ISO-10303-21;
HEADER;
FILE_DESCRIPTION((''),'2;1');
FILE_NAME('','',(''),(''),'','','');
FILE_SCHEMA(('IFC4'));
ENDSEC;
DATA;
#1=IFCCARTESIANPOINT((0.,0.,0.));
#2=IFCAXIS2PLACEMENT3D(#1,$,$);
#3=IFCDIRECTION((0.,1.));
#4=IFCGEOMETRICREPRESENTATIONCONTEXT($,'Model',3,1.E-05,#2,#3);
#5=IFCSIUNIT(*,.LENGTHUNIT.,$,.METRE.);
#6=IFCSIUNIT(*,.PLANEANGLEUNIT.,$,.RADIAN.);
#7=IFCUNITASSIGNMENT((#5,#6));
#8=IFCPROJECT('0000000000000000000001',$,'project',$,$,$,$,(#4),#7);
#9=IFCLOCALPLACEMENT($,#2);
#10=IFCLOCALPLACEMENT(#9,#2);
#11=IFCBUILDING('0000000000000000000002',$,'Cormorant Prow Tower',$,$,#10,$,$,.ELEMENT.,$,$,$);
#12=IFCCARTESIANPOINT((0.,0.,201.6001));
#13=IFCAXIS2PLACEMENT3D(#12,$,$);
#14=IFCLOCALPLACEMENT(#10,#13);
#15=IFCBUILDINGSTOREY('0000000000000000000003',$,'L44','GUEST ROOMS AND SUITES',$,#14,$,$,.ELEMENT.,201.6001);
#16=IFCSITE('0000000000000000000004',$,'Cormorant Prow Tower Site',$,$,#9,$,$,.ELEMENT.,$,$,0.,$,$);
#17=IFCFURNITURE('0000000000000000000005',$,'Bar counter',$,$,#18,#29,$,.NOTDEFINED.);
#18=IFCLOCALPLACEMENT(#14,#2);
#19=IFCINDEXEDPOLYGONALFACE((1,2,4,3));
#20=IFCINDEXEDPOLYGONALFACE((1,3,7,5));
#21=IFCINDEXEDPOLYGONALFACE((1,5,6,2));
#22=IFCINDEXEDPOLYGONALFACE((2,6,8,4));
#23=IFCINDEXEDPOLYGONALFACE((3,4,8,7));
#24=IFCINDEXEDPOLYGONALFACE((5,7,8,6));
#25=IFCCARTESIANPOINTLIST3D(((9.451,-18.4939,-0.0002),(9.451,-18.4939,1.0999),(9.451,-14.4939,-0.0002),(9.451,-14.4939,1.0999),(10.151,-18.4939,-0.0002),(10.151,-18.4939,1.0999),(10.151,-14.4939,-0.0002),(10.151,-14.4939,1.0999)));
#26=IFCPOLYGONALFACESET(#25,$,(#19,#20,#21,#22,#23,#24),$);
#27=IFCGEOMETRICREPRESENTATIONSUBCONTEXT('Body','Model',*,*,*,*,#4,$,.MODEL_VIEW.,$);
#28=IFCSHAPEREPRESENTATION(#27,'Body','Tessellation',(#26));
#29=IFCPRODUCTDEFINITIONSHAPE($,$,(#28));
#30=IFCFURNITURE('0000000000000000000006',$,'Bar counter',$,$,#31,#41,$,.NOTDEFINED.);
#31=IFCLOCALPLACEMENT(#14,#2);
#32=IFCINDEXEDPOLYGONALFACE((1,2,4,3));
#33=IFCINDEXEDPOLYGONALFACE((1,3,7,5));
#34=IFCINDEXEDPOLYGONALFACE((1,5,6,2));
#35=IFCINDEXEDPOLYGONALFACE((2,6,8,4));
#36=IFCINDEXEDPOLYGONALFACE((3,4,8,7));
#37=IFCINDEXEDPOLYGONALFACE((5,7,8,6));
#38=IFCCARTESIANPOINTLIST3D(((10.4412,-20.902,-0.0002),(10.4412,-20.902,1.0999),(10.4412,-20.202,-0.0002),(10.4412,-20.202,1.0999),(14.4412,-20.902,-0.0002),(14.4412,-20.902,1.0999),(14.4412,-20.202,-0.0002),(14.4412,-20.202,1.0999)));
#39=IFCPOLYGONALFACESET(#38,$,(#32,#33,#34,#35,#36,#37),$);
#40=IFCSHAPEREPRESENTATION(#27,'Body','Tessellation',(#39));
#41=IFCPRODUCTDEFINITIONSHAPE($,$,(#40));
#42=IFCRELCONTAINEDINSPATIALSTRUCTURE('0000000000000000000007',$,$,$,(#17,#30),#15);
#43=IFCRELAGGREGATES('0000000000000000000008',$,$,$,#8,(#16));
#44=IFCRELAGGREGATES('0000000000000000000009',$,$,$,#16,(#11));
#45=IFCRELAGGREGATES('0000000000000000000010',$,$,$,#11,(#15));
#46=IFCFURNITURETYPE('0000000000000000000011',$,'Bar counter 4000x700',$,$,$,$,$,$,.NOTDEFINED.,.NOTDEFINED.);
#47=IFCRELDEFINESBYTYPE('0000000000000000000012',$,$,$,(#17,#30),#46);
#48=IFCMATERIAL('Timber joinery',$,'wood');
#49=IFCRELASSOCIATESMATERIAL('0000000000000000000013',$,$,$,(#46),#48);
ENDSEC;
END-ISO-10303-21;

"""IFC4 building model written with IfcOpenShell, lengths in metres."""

from ifc_helpers import new_model, si_unit, direction, frame, origin, origin_2d, place, context, subcontext, project, spatial, rectangle, extrude, material, type_object, element, save


model = new_model("IFC4")

# Units and contexts
model_context = context("Model", 3, precision=1e-05, world=origin(), true_north=direction((0.0, 1.0)))
body_context = subcontext(model_context, "Body", "Model", "MODEL_VIEW")
ifc_project = project(units=[si_unit("LENGTHUNIT", "METRE"), si_unit("PLANEANGLEUNIT", "RADIAN")], contexts=[model_context])

# Site, building, storey
site_placement = place(None, origin())
site = spatial("IfcSite", under=ifc_project, at=site_placement, Name="Cormorant Prow Tower Site", CompositionType="ELEMENT", RefElevation=0.0)
building_placement = place(site_placement, origin())
building = spatial("IfcBuilding", under=site, at=building_placement, Name="Cormorant Prow Tower", CompositionType="ELEMENT")
storey_placement = place(building_placement, frame((0.0, 0.0, 201.6001)))
storey = spatial("IfcBuildingStorey", under=building, at=storey_placement, Name="L44", Description="GUEST ROOMS AND SUITES", CompositionType="ELEMENT", Elevation=201.6001)

# Furniture
ifc_material_1 = material(Name="Timber joinery", Category="wood")
furniture_type = type_object("IfcFurnitureType", Name="Bar counter 4000x700", AssemblyPlace="NOTDEFINED", PredefinedType="NOTDEFINED", material=ifc_material_1)
for number, where, z_axis, x_axis, name in (
    (1, (9.801, -16.4939, -0.0002), (0.0, 0.0, 1.0), (0.0, -1.0, 0.0), "Bar counter"),
    (2, (12.4412, -20.552, -0.0002), (0.0, 0.0, 1.0), (1.0, 0.0, 0.0), "Bar counter"),
):
    element("IfcFurniture", number, at=place(storey_placement, frame(where, z_axis=z_axis, x_axis=x_axis)), inside=storey, type_object=furniture_type, Name=name, PredefinedType="NOTDEFINED", context=body_context, shape_type="SweptSolid", body=[
        extrude(rectangle(XDim=4.0, YDim=0.7, at=origin_2d()), origin(), (0.0, 0.0, 1.0), 1.1001),
    ])

save(model, "model.ifc")
